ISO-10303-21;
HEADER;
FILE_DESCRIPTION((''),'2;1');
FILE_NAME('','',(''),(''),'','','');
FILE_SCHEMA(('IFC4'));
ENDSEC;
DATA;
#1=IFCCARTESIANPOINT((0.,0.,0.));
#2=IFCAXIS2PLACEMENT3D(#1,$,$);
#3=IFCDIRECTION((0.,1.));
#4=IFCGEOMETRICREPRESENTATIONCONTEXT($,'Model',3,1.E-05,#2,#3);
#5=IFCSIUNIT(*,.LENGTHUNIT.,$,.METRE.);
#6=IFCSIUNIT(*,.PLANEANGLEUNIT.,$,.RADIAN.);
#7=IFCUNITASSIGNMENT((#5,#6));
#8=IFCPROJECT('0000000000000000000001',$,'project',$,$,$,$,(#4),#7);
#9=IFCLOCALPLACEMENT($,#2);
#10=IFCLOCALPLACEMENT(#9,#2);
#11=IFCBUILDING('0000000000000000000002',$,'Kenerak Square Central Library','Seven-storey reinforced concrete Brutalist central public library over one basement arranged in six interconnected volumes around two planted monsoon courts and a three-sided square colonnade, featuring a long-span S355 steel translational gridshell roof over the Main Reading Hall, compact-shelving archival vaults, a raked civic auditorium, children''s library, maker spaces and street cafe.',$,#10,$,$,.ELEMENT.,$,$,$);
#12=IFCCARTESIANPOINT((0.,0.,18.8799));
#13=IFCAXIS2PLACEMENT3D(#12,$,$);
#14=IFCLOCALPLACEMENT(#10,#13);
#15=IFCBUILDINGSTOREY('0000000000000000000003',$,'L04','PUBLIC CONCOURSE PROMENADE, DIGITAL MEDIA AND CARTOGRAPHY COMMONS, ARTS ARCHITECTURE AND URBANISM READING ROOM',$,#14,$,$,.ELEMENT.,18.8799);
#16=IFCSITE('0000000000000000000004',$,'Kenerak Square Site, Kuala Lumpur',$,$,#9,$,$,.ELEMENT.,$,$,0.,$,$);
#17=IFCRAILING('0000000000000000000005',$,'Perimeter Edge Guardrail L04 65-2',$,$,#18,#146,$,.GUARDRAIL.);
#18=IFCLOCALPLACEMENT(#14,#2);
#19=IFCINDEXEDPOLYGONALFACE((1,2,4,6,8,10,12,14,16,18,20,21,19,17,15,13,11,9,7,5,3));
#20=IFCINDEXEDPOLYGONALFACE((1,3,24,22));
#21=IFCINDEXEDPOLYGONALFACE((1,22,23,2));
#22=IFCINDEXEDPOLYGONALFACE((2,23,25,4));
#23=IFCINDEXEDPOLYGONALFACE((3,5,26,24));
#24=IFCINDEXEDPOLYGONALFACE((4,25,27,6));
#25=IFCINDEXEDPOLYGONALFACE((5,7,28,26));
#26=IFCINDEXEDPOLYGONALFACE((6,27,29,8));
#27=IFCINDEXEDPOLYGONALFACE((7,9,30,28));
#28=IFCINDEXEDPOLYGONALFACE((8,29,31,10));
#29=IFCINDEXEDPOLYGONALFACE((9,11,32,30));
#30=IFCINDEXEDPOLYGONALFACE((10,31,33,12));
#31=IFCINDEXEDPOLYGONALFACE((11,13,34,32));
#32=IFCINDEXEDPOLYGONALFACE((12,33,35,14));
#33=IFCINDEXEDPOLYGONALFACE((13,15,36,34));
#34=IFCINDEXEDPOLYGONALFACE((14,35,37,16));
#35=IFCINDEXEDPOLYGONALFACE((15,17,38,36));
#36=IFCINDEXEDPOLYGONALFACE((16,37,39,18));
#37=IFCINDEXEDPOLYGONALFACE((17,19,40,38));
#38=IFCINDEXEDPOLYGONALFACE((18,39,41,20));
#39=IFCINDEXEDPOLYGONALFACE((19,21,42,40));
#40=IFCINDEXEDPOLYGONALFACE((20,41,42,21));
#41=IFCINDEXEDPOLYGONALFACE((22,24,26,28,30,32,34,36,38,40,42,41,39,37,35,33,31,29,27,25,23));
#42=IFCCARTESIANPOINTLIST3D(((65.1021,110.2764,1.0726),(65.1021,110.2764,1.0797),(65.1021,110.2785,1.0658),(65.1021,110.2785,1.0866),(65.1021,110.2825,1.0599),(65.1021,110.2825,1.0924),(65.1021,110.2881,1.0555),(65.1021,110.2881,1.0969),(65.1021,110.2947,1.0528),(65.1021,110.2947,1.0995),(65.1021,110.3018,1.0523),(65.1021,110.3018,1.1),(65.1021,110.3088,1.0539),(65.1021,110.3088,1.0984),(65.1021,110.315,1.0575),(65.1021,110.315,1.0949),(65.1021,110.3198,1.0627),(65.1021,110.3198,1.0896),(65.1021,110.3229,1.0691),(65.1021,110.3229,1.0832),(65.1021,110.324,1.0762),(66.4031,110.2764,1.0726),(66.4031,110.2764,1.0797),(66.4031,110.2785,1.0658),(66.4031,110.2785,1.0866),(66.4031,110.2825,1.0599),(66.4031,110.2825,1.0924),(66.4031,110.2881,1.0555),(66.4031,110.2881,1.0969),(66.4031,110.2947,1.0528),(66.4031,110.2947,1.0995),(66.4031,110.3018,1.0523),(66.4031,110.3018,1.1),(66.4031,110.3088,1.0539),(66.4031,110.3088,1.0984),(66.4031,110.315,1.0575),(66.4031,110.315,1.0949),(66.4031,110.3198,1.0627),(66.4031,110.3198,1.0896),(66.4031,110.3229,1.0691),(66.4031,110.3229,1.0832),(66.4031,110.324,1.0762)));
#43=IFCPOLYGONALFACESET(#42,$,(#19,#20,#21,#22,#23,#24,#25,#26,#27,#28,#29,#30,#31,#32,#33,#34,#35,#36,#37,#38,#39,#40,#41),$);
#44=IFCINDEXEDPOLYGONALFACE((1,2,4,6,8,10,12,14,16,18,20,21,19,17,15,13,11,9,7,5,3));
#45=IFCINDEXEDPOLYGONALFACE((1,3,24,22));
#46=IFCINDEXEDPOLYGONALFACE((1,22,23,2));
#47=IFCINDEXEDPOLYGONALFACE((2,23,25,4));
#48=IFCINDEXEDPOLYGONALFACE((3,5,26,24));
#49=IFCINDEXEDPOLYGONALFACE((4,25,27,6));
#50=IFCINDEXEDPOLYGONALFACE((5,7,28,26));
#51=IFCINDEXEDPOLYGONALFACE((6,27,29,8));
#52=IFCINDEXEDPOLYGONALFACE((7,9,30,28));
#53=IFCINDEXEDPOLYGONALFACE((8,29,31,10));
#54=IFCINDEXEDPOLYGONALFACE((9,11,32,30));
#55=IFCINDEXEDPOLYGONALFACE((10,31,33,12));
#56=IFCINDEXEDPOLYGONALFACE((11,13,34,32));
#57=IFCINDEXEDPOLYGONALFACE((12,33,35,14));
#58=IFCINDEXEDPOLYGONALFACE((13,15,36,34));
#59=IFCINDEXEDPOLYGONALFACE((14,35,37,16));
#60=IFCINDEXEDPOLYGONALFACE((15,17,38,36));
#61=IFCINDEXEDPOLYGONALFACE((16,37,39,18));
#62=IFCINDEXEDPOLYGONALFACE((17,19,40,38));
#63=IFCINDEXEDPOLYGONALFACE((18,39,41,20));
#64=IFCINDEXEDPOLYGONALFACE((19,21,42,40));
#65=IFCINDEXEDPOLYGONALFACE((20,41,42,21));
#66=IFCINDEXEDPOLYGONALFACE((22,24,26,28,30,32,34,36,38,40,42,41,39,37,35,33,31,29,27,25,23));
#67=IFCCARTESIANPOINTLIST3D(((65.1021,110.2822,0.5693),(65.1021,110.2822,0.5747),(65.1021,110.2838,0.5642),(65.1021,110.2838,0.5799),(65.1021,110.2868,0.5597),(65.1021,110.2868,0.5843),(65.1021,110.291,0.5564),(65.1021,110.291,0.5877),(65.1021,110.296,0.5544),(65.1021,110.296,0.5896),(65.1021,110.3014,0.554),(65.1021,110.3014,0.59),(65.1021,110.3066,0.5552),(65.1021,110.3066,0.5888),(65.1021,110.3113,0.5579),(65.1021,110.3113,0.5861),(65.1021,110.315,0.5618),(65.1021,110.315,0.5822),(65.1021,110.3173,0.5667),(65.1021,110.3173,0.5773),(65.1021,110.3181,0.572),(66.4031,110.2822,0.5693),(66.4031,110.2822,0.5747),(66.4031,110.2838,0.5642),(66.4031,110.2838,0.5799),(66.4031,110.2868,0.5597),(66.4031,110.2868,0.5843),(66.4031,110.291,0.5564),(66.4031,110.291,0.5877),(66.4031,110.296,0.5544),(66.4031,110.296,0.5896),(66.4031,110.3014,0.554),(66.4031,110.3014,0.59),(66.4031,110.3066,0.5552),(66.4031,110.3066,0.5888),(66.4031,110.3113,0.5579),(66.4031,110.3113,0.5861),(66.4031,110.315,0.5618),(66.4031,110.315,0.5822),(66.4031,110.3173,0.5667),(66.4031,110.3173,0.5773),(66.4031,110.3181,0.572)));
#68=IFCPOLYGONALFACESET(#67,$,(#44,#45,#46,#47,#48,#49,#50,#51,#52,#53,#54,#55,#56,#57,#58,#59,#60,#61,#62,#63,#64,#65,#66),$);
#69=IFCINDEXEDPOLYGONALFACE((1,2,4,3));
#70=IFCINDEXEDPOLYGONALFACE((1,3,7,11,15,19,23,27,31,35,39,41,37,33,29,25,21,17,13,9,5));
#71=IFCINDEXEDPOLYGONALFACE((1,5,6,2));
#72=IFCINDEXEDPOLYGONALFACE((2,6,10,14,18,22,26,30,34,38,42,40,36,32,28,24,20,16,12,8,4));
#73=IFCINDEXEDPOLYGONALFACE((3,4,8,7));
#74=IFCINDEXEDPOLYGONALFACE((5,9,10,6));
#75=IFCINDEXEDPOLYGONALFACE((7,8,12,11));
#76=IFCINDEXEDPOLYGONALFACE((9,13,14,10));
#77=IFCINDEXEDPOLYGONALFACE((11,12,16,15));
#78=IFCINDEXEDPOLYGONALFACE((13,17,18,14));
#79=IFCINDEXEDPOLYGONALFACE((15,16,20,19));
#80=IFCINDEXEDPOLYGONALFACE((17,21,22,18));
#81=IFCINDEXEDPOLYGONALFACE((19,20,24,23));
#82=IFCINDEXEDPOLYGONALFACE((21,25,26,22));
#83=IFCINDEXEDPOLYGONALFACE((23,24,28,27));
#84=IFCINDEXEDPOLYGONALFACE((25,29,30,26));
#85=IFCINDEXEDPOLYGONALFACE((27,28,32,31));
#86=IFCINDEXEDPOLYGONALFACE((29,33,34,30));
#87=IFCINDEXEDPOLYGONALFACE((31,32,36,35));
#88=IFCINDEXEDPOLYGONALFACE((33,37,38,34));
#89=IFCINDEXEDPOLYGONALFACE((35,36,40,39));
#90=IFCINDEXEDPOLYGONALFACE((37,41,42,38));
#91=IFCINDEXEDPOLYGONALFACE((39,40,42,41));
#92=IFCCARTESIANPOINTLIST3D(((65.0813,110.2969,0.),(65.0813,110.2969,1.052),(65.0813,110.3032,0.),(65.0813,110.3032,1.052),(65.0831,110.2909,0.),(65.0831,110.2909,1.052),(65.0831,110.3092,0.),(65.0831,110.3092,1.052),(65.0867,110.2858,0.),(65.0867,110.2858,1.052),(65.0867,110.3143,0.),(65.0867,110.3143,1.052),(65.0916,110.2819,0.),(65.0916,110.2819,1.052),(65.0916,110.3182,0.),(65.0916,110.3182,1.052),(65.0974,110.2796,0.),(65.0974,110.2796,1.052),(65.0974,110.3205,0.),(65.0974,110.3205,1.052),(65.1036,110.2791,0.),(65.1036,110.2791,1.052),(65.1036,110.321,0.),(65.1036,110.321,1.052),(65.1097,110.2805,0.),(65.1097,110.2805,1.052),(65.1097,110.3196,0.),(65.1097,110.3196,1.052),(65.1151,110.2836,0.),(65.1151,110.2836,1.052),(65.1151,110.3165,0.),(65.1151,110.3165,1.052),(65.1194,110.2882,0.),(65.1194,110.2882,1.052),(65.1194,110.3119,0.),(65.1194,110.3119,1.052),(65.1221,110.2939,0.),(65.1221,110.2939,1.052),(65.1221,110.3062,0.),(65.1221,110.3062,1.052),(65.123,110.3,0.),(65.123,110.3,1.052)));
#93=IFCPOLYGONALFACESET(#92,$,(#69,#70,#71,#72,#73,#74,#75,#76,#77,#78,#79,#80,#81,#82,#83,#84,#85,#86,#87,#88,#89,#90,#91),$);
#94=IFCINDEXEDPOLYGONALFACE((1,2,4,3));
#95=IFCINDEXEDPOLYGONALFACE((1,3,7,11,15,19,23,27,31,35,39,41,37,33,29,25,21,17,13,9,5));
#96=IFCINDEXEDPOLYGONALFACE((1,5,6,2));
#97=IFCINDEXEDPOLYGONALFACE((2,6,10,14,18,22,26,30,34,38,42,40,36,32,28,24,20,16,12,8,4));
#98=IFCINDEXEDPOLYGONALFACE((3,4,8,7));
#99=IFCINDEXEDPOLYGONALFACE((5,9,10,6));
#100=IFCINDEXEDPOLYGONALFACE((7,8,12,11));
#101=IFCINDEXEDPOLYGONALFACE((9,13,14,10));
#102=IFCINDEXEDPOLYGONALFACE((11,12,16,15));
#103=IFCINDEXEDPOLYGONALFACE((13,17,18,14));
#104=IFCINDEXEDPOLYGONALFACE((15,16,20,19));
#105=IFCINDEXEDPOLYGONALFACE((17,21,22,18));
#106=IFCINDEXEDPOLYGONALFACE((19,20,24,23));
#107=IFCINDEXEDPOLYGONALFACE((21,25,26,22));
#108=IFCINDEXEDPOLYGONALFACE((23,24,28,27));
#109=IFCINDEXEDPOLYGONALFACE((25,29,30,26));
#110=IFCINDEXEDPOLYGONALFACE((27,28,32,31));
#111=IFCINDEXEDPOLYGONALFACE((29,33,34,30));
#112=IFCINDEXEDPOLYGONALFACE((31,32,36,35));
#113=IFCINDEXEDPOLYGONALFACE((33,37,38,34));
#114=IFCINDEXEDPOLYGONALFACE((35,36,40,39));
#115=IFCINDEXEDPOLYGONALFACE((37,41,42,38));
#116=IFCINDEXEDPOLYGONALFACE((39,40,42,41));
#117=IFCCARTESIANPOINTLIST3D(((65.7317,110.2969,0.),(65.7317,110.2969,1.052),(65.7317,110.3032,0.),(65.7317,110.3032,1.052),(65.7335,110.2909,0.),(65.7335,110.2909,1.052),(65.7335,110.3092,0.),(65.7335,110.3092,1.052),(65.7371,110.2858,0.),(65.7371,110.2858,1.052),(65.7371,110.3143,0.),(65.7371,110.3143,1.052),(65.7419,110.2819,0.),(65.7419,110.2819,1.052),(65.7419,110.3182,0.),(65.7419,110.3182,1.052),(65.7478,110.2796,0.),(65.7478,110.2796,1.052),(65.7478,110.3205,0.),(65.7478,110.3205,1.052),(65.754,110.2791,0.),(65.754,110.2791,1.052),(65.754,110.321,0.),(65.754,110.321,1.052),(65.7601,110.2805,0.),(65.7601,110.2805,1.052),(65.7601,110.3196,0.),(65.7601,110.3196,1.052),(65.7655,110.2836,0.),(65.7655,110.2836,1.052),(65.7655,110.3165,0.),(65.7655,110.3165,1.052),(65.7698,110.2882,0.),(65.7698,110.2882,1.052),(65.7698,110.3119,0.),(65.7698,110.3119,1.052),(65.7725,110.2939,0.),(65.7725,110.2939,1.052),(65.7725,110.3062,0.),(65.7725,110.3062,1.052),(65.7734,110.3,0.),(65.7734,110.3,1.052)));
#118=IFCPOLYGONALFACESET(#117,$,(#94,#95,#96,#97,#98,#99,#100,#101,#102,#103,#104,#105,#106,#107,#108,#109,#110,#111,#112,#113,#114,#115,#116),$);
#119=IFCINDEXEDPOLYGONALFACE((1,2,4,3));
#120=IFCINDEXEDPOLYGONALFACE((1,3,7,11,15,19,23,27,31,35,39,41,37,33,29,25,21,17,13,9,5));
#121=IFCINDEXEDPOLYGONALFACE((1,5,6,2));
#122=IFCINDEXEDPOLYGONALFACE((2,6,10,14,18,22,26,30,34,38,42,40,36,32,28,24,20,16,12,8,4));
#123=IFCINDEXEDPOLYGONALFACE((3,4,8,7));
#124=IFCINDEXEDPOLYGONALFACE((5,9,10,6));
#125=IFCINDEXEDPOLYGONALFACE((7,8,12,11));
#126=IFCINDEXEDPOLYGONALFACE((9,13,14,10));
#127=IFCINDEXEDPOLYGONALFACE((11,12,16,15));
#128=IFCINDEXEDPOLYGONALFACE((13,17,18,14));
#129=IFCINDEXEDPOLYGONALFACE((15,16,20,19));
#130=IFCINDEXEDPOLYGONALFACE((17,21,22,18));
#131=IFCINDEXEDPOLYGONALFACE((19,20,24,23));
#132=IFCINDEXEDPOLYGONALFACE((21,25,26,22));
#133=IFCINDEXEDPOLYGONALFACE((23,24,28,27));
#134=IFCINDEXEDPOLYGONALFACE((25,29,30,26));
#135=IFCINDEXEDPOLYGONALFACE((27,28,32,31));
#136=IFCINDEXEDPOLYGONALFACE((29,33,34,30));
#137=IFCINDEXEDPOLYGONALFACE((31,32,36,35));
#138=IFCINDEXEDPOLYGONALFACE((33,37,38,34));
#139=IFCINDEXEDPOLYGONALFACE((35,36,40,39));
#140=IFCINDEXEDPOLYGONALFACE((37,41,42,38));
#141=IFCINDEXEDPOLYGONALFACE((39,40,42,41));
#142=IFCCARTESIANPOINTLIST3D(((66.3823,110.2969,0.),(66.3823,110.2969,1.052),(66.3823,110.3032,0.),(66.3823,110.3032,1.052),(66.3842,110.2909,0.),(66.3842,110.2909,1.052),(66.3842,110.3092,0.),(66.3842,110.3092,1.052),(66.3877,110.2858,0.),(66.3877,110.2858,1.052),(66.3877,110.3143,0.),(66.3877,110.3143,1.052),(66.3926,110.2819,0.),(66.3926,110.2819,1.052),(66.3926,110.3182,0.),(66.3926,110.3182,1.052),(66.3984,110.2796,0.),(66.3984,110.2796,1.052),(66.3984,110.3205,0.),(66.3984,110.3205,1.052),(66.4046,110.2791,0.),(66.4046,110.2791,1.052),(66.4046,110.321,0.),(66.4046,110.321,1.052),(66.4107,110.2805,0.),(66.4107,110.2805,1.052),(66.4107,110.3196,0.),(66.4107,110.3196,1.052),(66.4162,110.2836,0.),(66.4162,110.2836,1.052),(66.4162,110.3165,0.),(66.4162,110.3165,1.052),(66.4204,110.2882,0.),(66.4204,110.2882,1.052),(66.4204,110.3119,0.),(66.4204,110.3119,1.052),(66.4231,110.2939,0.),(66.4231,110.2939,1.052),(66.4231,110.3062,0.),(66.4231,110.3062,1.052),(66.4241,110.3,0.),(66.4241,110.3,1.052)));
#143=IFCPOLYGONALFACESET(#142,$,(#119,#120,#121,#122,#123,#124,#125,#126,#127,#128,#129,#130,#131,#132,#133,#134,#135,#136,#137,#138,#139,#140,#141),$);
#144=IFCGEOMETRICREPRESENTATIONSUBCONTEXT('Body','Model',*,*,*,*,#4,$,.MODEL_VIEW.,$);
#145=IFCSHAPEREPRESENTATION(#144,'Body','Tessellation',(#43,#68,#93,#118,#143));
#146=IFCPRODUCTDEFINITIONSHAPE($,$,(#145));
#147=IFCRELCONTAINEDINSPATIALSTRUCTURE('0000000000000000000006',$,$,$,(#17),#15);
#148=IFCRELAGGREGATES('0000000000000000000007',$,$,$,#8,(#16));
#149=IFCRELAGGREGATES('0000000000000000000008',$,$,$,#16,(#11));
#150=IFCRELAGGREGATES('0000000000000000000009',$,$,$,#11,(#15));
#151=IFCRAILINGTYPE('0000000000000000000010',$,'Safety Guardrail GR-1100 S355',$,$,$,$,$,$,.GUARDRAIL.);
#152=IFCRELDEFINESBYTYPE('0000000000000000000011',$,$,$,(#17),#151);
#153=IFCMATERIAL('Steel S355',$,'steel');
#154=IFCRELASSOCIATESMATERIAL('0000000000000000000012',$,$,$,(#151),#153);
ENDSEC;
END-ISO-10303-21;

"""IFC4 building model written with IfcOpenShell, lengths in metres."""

from ifc_helpers import new_model, si_unit, direction, frame, origin, origin_2d, place, context, subcontext, project, spatial, circle, extrude, material, type_object, element, save


model = new_model("IFC4")

# Units and contexts
model_context = context("Model", 3, precision=1e-05, world=origin(), true_north=direction((0.0, 1.0)))
body_context = subcontext(model_context, "Body", "Model", "MODEL_VIEW")
ifc_project = project(units=[si_unit("LENGTHUNIT", "METRE"), si_unit("PLANEANGLEUNIT", "RADIAN")], contexts=[model_context])

# Site, building, storey
site_placement = place(None, origin())
site = spatial("IfcSite", under=ifc_project, at=site_placement, Name="Kenerak Square Site, Kuala Lumpur", CompositionType="ELEMENT", RefElevation=0.0)
building_placement = place(site_placement, origin())
building = spatial("IfcBuilding", under=site, at=building_placement, Name="Kenerak Square Central Library", Description="Seven-storey reinforced concrete Brutalist central public library over one basement arranged in six interconnected volumes around two planted monsoon courts and a three-sided square colonnade, featuring a long-span S355 steel translational gridshell roof over the Main Reading Hall, compact-shelving archival vaults, a raked civic auditorium, children's library, maker spaces and street cafe.", CompositionType="ELEMENT")
storey_placement = place(building_placement, frame((0.0, 0.0, 18.8799)))
storey = spatial("IfcBuildingStorey", under=building, at=storey_placement, Name="L04", Description="PUBLIC CONCOURSE PROMENADE, DIGITAL MEDIA AND CARTOGRAPHY COMMONS, ARTS ARCHITECTURE AND URBANISM READING ROOM", CompositionType="ELEMENT", Elevation=18.8799)

# Railing
ifc_material_1 = material(Name="Steel S355", Category="steel")
railing_type_1 = type_object("IfcRailingType", Name="Safety Guardrail GR-1100 S355", PredefinedType="GUARDRAIL", material=ifc_material_1)
railing_1_placement = place(storey_placement, frame((65.1021, 110.3, 0.0)))
element("IfcRailing", 1, at=railing_1_placement, inside=storey, type_object=railing_type_1, Name="Perimeter Edge Guardrail L04 65-2", PredefinedType="GUARDRAIL", context=body_context, shape_type="SweptSolid", body=[
    extrude(circle(Radius=0.0239, at=origin_2d()), frame((0.0, 0.0, 1.0762), z_axis=(1.0, 0.0, 0.0), x_axis=(0.0, 1.0, 0.0)), (0.0, 0.0, 1.0), 1.301),
    extrude(circle(Radius=0.0181, at=origin_2d()), frame((0.0, 0.0, 0.572), z_axis=(1.0, 0.0, 0.0), x_axis=(0.0, 1.0, 0.0)), (0.0, 0.0, 1.0), 1.301),
    extrude(circle(Radius=0.021, at=origin_2d()), origin(), (0.0, 0.0, 1.0), 1.052),
    extrude(circle(Radius=0.021, at=origin_2d()), frame((0.6504, 0.0, 0.0)), (0.0, 0.0, 1.0), 1.052),
    extrude(circle(Radius=0.021, at=origin_2d()), frame((1.301, 0.0, 0.0)), (0.0, 0.0, 1.0), 1.052),
])

save(model, "model.ifc")
